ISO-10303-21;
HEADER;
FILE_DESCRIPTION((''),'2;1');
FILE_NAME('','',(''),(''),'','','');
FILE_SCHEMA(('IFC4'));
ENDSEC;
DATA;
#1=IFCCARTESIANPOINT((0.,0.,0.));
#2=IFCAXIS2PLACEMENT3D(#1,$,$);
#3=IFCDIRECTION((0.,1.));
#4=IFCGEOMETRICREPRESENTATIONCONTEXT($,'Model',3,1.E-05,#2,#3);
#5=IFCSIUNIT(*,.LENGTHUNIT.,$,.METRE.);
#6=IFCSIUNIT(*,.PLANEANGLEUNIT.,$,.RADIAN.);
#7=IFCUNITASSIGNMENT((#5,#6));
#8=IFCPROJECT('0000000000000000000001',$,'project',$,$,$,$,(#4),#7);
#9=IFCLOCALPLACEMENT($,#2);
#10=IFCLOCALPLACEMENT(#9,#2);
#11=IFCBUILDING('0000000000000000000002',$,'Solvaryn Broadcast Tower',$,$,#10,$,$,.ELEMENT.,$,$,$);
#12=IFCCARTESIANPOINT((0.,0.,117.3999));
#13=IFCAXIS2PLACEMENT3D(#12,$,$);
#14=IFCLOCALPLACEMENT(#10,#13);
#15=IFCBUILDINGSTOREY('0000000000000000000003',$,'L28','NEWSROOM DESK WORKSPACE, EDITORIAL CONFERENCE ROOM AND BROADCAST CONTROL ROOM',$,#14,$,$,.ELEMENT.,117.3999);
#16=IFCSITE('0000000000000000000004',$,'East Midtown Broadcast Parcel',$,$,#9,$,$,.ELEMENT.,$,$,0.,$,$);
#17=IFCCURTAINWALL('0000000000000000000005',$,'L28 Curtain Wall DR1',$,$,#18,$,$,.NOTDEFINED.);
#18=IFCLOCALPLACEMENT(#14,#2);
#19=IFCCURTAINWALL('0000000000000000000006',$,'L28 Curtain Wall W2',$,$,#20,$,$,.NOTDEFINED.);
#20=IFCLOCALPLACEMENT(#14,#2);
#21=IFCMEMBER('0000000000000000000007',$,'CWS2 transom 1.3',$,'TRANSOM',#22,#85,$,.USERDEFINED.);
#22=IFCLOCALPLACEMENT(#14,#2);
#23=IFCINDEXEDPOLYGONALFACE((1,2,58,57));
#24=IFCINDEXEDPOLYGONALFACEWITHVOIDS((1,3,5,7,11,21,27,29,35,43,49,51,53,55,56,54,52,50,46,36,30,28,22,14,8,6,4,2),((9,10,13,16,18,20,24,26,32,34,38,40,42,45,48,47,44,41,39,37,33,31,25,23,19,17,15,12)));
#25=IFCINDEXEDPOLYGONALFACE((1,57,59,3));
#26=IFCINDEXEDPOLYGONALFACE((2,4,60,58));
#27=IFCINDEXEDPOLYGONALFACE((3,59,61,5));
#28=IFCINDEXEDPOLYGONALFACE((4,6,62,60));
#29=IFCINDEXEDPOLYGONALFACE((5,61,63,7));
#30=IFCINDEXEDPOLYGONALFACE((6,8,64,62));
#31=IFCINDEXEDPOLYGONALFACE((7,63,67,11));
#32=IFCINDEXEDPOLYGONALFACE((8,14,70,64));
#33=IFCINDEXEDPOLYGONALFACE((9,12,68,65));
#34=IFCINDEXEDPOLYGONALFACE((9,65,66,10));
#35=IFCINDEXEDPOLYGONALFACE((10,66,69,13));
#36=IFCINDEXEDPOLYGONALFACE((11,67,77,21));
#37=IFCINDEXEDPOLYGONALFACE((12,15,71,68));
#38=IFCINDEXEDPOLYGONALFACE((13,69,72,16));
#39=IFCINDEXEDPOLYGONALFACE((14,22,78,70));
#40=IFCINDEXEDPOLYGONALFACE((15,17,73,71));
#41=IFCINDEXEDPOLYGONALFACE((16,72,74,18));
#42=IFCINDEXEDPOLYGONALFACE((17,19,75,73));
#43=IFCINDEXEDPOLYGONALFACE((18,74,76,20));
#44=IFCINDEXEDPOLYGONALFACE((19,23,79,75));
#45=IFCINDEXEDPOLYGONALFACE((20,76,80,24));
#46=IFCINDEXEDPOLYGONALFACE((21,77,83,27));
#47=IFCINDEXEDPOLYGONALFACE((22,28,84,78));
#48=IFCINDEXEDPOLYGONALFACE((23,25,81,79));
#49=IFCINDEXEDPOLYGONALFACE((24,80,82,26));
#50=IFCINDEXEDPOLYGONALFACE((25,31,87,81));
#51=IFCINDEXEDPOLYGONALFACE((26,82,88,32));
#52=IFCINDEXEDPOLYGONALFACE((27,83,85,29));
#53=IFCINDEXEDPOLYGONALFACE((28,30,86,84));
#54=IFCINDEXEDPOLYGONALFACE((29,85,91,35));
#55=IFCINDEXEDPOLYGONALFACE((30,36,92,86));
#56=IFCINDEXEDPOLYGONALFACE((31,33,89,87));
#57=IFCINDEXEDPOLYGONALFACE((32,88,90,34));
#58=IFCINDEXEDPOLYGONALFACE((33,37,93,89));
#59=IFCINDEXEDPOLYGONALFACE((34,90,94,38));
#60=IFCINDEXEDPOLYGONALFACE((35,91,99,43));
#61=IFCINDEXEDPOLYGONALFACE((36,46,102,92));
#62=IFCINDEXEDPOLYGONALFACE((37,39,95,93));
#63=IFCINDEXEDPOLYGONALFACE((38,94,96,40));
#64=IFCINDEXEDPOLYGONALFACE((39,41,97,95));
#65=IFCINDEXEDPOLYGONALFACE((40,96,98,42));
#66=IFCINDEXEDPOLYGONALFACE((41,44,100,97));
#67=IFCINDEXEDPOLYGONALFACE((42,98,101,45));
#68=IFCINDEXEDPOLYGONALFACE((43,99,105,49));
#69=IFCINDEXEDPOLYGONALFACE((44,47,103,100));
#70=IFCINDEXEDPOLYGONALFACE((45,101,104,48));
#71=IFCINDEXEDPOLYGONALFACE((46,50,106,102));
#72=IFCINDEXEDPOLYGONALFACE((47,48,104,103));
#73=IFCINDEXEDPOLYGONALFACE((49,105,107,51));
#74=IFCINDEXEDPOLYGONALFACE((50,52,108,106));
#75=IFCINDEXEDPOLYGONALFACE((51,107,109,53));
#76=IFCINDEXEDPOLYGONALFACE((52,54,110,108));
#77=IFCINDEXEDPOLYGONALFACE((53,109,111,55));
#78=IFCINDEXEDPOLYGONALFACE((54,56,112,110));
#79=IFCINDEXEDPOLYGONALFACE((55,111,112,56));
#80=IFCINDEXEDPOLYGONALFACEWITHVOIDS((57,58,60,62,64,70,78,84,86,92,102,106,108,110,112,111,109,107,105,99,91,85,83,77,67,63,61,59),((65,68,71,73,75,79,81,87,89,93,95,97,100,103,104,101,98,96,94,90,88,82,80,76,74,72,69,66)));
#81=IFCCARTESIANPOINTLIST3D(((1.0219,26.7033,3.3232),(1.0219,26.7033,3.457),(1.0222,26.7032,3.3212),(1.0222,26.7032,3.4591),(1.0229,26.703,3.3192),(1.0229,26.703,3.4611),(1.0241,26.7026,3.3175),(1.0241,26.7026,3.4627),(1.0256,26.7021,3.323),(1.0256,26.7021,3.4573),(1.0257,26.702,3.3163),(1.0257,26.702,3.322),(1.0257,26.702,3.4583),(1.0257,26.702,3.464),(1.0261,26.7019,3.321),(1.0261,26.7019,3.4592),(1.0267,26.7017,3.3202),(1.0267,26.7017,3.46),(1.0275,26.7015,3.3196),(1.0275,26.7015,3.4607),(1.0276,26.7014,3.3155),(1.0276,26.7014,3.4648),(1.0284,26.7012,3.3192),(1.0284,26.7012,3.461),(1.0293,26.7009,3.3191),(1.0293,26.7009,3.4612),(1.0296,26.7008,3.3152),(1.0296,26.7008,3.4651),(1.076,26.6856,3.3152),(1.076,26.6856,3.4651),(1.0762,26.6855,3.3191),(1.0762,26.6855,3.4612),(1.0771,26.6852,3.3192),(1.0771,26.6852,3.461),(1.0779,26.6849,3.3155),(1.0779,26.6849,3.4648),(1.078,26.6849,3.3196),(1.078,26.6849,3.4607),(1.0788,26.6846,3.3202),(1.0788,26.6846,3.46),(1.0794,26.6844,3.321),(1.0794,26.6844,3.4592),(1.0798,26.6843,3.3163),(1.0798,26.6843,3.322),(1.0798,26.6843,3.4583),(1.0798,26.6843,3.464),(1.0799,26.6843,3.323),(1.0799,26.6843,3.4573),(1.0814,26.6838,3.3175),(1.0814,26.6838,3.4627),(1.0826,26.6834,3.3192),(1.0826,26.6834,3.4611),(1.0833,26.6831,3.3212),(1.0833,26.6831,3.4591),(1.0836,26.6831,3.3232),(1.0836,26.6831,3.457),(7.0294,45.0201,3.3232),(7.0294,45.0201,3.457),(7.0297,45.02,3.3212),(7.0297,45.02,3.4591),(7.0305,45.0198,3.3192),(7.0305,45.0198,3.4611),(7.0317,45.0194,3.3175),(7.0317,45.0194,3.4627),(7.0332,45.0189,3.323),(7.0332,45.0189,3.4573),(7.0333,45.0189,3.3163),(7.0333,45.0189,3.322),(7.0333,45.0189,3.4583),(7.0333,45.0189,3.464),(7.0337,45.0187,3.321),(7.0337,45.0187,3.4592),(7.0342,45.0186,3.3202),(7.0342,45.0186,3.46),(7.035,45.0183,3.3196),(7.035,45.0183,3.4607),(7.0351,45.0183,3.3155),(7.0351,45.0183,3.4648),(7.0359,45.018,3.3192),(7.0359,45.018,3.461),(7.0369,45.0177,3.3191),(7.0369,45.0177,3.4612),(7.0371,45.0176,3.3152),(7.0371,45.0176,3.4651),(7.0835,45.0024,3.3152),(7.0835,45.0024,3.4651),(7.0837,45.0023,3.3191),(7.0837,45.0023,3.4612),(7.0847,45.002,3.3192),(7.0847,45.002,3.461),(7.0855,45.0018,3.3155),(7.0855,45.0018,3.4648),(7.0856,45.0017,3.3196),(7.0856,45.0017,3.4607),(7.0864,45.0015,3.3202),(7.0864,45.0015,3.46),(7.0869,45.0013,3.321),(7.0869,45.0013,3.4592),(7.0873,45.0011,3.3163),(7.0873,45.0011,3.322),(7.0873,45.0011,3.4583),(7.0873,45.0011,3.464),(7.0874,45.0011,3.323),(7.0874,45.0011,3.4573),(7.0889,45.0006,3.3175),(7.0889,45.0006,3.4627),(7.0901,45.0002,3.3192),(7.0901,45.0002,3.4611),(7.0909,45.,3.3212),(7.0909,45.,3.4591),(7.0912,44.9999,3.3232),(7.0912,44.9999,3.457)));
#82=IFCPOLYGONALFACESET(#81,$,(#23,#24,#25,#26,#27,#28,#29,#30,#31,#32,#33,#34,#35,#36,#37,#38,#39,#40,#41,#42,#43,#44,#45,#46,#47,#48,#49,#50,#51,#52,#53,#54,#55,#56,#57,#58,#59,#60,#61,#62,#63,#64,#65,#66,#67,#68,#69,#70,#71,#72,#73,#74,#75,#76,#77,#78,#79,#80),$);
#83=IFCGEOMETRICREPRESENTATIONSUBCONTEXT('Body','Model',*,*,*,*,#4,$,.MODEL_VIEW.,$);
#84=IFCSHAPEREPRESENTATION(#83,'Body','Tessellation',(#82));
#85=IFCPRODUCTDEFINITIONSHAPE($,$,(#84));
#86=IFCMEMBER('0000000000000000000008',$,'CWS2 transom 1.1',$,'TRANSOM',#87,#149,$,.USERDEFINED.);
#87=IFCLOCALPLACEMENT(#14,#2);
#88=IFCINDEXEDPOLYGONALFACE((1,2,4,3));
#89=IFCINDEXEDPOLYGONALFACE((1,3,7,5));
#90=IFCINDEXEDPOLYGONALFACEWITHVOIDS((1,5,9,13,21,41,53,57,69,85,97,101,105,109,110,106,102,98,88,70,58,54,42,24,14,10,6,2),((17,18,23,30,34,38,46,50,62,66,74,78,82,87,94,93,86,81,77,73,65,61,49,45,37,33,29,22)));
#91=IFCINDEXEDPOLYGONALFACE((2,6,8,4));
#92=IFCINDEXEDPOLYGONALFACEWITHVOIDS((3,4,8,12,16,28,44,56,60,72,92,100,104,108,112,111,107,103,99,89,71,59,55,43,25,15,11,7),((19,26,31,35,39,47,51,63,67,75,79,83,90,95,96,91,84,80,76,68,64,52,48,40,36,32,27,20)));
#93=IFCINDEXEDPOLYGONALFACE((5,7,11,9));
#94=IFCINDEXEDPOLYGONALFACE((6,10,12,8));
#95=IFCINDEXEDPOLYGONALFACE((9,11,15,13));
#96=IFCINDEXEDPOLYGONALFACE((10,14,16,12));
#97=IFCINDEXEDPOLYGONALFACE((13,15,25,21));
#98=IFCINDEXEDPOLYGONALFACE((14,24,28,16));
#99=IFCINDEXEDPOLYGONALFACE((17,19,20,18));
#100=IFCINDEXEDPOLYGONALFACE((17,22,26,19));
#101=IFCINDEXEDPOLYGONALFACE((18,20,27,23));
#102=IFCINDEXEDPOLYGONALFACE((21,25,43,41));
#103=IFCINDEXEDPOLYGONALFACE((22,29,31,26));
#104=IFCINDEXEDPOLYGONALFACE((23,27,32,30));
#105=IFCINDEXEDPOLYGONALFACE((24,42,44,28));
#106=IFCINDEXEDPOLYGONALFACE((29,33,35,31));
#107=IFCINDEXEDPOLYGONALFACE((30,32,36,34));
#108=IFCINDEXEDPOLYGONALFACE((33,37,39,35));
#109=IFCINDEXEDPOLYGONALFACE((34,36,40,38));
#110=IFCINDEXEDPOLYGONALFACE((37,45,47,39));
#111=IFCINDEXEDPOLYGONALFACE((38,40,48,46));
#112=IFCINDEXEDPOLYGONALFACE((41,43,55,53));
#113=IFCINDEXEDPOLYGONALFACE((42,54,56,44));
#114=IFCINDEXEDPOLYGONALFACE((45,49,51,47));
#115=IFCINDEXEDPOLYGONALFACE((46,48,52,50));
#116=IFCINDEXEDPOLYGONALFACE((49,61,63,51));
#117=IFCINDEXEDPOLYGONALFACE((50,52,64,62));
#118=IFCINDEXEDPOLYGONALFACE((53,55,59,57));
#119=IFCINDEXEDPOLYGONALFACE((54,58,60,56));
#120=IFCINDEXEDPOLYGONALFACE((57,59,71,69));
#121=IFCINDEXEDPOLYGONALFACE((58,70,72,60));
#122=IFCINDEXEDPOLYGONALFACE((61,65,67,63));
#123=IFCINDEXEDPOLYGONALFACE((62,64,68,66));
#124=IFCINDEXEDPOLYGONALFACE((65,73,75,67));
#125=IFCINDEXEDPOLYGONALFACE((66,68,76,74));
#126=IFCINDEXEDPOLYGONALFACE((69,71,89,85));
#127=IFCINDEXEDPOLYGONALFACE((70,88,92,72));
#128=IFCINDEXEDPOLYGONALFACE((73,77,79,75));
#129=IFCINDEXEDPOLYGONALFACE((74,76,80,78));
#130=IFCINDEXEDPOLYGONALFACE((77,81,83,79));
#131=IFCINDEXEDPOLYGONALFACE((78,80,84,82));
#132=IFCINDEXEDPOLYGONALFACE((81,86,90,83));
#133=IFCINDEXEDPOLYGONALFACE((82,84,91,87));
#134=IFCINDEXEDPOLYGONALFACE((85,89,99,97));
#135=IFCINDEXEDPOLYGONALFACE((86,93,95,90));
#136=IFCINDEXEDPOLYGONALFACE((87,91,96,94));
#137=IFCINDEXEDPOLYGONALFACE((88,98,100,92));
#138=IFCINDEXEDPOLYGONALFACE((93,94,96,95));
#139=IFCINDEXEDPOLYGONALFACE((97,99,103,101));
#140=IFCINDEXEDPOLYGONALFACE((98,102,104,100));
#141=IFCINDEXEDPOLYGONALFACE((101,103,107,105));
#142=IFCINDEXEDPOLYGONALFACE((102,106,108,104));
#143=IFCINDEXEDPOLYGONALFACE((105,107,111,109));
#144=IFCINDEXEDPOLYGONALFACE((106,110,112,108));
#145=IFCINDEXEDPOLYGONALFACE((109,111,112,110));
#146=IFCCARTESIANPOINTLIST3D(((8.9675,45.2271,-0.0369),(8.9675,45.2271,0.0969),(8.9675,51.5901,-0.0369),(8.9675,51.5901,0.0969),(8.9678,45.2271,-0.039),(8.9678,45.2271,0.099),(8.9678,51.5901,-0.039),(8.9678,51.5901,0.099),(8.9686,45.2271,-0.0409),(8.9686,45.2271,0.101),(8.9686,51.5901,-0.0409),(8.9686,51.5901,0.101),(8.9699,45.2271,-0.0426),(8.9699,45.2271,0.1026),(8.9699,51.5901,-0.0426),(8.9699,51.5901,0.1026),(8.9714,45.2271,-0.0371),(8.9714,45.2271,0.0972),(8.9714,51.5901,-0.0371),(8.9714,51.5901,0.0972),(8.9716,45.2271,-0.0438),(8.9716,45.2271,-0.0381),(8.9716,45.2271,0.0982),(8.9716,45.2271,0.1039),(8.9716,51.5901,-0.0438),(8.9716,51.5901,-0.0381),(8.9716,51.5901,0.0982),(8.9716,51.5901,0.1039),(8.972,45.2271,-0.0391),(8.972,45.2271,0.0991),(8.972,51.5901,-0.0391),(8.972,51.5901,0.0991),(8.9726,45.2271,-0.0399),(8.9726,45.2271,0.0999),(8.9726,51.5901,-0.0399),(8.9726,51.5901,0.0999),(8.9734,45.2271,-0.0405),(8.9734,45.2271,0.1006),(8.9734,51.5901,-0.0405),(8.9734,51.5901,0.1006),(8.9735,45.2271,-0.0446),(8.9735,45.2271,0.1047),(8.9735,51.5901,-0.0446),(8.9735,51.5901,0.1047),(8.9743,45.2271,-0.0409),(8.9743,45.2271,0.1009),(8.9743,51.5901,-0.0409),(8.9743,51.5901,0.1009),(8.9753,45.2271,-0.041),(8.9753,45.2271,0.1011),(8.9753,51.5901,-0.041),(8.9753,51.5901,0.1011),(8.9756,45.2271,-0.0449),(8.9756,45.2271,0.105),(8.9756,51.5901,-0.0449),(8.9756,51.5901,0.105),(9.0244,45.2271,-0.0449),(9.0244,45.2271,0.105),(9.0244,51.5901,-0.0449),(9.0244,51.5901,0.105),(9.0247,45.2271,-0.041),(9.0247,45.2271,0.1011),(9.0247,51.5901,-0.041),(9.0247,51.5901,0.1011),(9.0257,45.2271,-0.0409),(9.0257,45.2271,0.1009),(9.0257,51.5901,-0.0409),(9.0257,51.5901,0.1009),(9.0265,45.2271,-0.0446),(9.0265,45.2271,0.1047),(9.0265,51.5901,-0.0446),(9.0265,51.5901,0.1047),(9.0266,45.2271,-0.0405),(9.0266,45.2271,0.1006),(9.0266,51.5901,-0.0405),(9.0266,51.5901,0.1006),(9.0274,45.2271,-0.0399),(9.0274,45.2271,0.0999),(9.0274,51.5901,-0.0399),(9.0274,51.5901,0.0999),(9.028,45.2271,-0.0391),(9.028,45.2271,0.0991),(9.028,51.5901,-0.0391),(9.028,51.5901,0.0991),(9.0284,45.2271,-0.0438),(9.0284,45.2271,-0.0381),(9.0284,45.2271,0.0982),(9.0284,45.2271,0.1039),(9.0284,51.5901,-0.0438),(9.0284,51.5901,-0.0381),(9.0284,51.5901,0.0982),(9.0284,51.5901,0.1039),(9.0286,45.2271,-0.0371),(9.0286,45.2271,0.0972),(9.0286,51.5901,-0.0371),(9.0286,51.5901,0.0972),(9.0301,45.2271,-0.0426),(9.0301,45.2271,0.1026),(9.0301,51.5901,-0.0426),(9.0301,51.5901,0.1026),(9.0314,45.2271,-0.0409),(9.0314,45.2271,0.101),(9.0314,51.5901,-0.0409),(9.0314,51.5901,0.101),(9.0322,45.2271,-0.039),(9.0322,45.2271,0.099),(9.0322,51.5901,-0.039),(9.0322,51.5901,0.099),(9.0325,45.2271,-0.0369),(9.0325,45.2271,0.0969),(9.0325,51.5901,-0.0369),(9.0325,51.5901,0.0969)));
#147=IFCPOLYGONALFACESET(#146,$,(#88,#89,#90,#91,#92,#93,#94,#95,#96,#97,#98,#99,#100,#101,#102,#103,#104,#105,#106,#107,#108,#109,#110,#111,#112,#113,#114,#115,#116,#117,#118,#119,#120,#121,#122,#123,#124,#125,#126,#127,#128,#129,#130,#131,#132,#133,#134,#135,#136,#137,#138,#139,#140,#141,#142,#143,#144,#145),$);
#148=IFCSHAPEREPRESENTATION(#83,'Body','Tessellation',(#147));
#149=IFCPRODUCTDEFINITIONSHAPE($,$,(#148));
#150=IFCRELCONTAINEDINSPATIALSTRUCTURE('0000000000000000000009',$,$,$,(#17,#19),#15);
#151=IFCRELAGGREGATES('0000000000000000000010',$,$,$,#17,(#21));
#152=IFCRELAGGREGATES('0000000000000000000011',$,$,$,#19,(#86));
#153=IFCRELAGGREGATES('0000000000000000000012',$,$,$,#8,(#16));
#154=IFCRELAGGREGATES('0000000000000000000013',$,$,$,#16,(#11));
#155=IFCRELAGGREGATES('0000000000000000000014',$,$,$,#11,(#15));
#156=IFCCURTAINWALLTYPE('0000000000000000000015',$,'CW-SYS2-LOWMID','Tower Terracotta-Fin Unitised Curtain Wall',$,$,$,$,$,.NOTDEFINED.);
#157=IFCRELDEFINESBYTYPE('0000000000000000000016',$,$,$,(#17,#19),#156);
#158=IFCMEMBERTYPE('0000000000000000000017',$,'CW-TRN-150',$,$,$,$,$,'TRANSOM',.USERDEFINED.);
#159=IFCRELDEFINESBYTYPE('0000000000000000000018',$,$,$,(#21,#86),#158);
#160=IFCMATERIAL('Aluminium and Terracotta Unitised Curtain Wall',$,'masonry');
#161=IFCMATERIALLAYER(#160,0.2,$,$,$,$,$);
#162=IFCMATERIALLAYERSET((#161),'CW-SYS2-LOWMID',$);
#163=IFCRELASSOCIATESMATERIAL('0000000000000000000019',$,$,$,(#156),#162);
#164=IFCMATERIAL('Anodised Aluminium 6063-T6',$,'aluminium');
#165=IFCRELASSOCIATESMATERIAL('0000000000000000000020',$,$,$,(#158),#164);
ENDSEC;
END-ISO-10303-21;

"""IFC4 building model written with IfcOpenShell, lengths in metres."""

from ifc_helpers import new_model, si_unit, direction, frame, origin, origin_2d, place, context, subcontext, project, spatial, hollow_rectangle, extrude, material, layer, layer_set, material_profile, profile_set, type_object, element, aggregate, save


model = new_model("IFC4")

# Units and contexts
model_context = context("Model", 3, precision=1e-05, world=origin(), true_north=direction((0.0, 1.0)))
body_context = subcontext(model_context, "Body", "Model", "MODEL_VIEW")
ifc_project = project(units=[si_unit("LENGTHUNIT", "METRE"), si_unit("PLANEANGLEUNIT", "RADIAN")], contexts=[model_context])

# Site, building, storey
site_placement = place(None, origin())
site = spatial("IfcSite", under=ifc_project, at=site_placement, Name="East Midtown Broadcast Parcel", CompositionType="ELEMENT", RefElevation=0.0)
building_placement = place(site_placement, origin())
building = spatial("IfcBuilding", under=site, at=building_placement, Name="Solvaryn Broadcast Tower", CompositionType="ELEMENT")
storey_placement = place(building_placement, frame((0.0, 0.0, 117.3999)))
storey = spatial("IfcBuildingStorey", under=building, at=storey_placement, Name="L28", Description="NEWSROOM DESK WORKSPACE, EDITORIAL CONFERENCE ROOM AND BROADCAST CONTROL ROOM", CompositionType="ELEMENT", Elevation=117.3999)

# Curtain wall
ifc_material_1 = material(Name="Aluminium and Terracotta Unitised Curtain Wall", Category="masonry")
ifc_layer_1 = layer(ifc_material_1, 0.2)
ifc_layer_set_1 = layer_set([ifc_layer_1], Name="CW-SYS2-LOWMID")
curtain_wall_type = type_object("IfcCurtainWallType", Name="CW-SYS2-LOWMID", Description="Tower Terracotta-Fin Unitised Curtain Wall", PredefinedType="NOTDEFINED", material=ifc_layer_set_1)
curtain_wall_1_placement = place(storey_placement, origin())
curtain_wall_1 = element("IfcCurtainWall", 1, at=curtain_wall_1_placement, inside=storey, type_object=curtain_wall_type, Name="L28 Curtain Wall DR1", PredefinedType="NOTDEFINED")

# Curtain wall
curtain_wall_2_placement = place(storey_placement, origin())
curtain_wall_2 = element("IfcCurtainWall", 2, at=curtain_wall_2_placement, inside=storey, type_object=curtain_wall_type, Name="L28 Curtain Wall W2", PredefinedType="NOTDEFINED")

# Members
ifc_material_2 = material(Name="Anodised Aluminium 6063-T6", Category="aluminium")
ifc_material_profile_1 = material_profile(ifc_material_2, hollow_rectangle(XDim=0.0649, YDim=0.1499, WallThickness=0.0039, InnerFilletRadius=0.0039, OuterFilletRadius=0.0081, at=origin_2d()))
ifc_profile_set_1 = profile_set([ifc_material_profile_1], Name="Anodised Aluminium 6063-T6")
member_type_1 = type_object("IfcMemberType", Name="CW-TRN-150", ElementType="TRANSOM", PredefinedType="USERDEFINED", material=ifc_profile_set_1)
member_1_placement = place(storey_placement, frame((7.0603, 45.01, 3.3901), z_axis=(-0.311646, -0.950198, 0.0), x_axis=(0.950198, -0.311646, 0.0)))
member_1 = element("IfcMember", 3, at=member_1_placement, type_object=member_type_1, Name="CWS2 transom 1.3", ObjectType="TRANSOM", PredefinedType="USERDEFINED", context=body_context, shape_type="SweptSolid", body=[
    extrude(hollow_rectangle(XDim=0.0649, YDim=0.1499, WallThickness=0.0039, InnerFilletRadius=0.0039, OuterFilletRadius=0.0081, at=origin_2d()), origin(), (0.0, 0.0, 1.0), 19.2769),
])
aggregate(curtain_wall_1, [member_1])
member_2_placement = place(storey_placement, frame((9.0, 45.2271, 0.03), z_axis=(0.0, 1.0, 0.0), x_axis=(-1.0, 0.0, 0.0)))
member_2 = element("IfcMember", 4, at=member_2_placement, type_object=member_type_1, Name="CWS2 transom 1.1", ObjectType="TRANSOM", PredefinedType="USERDEFINED", context=body_context, shape_type="SweptSolid", body=[
    extrude(hollow_rectangle(XDim=0.0649, YDim=0.1499, WallThickness=0.0039, InnerFilletRadius=0.0039, OuterFilletRadius=0.0081, at=origin_2d()), origin(), (0.0, 0.0, 1.0), 6.363),
])

aggregate(curtain_wall_2, [member_2])

save(model, "model.ifc")
